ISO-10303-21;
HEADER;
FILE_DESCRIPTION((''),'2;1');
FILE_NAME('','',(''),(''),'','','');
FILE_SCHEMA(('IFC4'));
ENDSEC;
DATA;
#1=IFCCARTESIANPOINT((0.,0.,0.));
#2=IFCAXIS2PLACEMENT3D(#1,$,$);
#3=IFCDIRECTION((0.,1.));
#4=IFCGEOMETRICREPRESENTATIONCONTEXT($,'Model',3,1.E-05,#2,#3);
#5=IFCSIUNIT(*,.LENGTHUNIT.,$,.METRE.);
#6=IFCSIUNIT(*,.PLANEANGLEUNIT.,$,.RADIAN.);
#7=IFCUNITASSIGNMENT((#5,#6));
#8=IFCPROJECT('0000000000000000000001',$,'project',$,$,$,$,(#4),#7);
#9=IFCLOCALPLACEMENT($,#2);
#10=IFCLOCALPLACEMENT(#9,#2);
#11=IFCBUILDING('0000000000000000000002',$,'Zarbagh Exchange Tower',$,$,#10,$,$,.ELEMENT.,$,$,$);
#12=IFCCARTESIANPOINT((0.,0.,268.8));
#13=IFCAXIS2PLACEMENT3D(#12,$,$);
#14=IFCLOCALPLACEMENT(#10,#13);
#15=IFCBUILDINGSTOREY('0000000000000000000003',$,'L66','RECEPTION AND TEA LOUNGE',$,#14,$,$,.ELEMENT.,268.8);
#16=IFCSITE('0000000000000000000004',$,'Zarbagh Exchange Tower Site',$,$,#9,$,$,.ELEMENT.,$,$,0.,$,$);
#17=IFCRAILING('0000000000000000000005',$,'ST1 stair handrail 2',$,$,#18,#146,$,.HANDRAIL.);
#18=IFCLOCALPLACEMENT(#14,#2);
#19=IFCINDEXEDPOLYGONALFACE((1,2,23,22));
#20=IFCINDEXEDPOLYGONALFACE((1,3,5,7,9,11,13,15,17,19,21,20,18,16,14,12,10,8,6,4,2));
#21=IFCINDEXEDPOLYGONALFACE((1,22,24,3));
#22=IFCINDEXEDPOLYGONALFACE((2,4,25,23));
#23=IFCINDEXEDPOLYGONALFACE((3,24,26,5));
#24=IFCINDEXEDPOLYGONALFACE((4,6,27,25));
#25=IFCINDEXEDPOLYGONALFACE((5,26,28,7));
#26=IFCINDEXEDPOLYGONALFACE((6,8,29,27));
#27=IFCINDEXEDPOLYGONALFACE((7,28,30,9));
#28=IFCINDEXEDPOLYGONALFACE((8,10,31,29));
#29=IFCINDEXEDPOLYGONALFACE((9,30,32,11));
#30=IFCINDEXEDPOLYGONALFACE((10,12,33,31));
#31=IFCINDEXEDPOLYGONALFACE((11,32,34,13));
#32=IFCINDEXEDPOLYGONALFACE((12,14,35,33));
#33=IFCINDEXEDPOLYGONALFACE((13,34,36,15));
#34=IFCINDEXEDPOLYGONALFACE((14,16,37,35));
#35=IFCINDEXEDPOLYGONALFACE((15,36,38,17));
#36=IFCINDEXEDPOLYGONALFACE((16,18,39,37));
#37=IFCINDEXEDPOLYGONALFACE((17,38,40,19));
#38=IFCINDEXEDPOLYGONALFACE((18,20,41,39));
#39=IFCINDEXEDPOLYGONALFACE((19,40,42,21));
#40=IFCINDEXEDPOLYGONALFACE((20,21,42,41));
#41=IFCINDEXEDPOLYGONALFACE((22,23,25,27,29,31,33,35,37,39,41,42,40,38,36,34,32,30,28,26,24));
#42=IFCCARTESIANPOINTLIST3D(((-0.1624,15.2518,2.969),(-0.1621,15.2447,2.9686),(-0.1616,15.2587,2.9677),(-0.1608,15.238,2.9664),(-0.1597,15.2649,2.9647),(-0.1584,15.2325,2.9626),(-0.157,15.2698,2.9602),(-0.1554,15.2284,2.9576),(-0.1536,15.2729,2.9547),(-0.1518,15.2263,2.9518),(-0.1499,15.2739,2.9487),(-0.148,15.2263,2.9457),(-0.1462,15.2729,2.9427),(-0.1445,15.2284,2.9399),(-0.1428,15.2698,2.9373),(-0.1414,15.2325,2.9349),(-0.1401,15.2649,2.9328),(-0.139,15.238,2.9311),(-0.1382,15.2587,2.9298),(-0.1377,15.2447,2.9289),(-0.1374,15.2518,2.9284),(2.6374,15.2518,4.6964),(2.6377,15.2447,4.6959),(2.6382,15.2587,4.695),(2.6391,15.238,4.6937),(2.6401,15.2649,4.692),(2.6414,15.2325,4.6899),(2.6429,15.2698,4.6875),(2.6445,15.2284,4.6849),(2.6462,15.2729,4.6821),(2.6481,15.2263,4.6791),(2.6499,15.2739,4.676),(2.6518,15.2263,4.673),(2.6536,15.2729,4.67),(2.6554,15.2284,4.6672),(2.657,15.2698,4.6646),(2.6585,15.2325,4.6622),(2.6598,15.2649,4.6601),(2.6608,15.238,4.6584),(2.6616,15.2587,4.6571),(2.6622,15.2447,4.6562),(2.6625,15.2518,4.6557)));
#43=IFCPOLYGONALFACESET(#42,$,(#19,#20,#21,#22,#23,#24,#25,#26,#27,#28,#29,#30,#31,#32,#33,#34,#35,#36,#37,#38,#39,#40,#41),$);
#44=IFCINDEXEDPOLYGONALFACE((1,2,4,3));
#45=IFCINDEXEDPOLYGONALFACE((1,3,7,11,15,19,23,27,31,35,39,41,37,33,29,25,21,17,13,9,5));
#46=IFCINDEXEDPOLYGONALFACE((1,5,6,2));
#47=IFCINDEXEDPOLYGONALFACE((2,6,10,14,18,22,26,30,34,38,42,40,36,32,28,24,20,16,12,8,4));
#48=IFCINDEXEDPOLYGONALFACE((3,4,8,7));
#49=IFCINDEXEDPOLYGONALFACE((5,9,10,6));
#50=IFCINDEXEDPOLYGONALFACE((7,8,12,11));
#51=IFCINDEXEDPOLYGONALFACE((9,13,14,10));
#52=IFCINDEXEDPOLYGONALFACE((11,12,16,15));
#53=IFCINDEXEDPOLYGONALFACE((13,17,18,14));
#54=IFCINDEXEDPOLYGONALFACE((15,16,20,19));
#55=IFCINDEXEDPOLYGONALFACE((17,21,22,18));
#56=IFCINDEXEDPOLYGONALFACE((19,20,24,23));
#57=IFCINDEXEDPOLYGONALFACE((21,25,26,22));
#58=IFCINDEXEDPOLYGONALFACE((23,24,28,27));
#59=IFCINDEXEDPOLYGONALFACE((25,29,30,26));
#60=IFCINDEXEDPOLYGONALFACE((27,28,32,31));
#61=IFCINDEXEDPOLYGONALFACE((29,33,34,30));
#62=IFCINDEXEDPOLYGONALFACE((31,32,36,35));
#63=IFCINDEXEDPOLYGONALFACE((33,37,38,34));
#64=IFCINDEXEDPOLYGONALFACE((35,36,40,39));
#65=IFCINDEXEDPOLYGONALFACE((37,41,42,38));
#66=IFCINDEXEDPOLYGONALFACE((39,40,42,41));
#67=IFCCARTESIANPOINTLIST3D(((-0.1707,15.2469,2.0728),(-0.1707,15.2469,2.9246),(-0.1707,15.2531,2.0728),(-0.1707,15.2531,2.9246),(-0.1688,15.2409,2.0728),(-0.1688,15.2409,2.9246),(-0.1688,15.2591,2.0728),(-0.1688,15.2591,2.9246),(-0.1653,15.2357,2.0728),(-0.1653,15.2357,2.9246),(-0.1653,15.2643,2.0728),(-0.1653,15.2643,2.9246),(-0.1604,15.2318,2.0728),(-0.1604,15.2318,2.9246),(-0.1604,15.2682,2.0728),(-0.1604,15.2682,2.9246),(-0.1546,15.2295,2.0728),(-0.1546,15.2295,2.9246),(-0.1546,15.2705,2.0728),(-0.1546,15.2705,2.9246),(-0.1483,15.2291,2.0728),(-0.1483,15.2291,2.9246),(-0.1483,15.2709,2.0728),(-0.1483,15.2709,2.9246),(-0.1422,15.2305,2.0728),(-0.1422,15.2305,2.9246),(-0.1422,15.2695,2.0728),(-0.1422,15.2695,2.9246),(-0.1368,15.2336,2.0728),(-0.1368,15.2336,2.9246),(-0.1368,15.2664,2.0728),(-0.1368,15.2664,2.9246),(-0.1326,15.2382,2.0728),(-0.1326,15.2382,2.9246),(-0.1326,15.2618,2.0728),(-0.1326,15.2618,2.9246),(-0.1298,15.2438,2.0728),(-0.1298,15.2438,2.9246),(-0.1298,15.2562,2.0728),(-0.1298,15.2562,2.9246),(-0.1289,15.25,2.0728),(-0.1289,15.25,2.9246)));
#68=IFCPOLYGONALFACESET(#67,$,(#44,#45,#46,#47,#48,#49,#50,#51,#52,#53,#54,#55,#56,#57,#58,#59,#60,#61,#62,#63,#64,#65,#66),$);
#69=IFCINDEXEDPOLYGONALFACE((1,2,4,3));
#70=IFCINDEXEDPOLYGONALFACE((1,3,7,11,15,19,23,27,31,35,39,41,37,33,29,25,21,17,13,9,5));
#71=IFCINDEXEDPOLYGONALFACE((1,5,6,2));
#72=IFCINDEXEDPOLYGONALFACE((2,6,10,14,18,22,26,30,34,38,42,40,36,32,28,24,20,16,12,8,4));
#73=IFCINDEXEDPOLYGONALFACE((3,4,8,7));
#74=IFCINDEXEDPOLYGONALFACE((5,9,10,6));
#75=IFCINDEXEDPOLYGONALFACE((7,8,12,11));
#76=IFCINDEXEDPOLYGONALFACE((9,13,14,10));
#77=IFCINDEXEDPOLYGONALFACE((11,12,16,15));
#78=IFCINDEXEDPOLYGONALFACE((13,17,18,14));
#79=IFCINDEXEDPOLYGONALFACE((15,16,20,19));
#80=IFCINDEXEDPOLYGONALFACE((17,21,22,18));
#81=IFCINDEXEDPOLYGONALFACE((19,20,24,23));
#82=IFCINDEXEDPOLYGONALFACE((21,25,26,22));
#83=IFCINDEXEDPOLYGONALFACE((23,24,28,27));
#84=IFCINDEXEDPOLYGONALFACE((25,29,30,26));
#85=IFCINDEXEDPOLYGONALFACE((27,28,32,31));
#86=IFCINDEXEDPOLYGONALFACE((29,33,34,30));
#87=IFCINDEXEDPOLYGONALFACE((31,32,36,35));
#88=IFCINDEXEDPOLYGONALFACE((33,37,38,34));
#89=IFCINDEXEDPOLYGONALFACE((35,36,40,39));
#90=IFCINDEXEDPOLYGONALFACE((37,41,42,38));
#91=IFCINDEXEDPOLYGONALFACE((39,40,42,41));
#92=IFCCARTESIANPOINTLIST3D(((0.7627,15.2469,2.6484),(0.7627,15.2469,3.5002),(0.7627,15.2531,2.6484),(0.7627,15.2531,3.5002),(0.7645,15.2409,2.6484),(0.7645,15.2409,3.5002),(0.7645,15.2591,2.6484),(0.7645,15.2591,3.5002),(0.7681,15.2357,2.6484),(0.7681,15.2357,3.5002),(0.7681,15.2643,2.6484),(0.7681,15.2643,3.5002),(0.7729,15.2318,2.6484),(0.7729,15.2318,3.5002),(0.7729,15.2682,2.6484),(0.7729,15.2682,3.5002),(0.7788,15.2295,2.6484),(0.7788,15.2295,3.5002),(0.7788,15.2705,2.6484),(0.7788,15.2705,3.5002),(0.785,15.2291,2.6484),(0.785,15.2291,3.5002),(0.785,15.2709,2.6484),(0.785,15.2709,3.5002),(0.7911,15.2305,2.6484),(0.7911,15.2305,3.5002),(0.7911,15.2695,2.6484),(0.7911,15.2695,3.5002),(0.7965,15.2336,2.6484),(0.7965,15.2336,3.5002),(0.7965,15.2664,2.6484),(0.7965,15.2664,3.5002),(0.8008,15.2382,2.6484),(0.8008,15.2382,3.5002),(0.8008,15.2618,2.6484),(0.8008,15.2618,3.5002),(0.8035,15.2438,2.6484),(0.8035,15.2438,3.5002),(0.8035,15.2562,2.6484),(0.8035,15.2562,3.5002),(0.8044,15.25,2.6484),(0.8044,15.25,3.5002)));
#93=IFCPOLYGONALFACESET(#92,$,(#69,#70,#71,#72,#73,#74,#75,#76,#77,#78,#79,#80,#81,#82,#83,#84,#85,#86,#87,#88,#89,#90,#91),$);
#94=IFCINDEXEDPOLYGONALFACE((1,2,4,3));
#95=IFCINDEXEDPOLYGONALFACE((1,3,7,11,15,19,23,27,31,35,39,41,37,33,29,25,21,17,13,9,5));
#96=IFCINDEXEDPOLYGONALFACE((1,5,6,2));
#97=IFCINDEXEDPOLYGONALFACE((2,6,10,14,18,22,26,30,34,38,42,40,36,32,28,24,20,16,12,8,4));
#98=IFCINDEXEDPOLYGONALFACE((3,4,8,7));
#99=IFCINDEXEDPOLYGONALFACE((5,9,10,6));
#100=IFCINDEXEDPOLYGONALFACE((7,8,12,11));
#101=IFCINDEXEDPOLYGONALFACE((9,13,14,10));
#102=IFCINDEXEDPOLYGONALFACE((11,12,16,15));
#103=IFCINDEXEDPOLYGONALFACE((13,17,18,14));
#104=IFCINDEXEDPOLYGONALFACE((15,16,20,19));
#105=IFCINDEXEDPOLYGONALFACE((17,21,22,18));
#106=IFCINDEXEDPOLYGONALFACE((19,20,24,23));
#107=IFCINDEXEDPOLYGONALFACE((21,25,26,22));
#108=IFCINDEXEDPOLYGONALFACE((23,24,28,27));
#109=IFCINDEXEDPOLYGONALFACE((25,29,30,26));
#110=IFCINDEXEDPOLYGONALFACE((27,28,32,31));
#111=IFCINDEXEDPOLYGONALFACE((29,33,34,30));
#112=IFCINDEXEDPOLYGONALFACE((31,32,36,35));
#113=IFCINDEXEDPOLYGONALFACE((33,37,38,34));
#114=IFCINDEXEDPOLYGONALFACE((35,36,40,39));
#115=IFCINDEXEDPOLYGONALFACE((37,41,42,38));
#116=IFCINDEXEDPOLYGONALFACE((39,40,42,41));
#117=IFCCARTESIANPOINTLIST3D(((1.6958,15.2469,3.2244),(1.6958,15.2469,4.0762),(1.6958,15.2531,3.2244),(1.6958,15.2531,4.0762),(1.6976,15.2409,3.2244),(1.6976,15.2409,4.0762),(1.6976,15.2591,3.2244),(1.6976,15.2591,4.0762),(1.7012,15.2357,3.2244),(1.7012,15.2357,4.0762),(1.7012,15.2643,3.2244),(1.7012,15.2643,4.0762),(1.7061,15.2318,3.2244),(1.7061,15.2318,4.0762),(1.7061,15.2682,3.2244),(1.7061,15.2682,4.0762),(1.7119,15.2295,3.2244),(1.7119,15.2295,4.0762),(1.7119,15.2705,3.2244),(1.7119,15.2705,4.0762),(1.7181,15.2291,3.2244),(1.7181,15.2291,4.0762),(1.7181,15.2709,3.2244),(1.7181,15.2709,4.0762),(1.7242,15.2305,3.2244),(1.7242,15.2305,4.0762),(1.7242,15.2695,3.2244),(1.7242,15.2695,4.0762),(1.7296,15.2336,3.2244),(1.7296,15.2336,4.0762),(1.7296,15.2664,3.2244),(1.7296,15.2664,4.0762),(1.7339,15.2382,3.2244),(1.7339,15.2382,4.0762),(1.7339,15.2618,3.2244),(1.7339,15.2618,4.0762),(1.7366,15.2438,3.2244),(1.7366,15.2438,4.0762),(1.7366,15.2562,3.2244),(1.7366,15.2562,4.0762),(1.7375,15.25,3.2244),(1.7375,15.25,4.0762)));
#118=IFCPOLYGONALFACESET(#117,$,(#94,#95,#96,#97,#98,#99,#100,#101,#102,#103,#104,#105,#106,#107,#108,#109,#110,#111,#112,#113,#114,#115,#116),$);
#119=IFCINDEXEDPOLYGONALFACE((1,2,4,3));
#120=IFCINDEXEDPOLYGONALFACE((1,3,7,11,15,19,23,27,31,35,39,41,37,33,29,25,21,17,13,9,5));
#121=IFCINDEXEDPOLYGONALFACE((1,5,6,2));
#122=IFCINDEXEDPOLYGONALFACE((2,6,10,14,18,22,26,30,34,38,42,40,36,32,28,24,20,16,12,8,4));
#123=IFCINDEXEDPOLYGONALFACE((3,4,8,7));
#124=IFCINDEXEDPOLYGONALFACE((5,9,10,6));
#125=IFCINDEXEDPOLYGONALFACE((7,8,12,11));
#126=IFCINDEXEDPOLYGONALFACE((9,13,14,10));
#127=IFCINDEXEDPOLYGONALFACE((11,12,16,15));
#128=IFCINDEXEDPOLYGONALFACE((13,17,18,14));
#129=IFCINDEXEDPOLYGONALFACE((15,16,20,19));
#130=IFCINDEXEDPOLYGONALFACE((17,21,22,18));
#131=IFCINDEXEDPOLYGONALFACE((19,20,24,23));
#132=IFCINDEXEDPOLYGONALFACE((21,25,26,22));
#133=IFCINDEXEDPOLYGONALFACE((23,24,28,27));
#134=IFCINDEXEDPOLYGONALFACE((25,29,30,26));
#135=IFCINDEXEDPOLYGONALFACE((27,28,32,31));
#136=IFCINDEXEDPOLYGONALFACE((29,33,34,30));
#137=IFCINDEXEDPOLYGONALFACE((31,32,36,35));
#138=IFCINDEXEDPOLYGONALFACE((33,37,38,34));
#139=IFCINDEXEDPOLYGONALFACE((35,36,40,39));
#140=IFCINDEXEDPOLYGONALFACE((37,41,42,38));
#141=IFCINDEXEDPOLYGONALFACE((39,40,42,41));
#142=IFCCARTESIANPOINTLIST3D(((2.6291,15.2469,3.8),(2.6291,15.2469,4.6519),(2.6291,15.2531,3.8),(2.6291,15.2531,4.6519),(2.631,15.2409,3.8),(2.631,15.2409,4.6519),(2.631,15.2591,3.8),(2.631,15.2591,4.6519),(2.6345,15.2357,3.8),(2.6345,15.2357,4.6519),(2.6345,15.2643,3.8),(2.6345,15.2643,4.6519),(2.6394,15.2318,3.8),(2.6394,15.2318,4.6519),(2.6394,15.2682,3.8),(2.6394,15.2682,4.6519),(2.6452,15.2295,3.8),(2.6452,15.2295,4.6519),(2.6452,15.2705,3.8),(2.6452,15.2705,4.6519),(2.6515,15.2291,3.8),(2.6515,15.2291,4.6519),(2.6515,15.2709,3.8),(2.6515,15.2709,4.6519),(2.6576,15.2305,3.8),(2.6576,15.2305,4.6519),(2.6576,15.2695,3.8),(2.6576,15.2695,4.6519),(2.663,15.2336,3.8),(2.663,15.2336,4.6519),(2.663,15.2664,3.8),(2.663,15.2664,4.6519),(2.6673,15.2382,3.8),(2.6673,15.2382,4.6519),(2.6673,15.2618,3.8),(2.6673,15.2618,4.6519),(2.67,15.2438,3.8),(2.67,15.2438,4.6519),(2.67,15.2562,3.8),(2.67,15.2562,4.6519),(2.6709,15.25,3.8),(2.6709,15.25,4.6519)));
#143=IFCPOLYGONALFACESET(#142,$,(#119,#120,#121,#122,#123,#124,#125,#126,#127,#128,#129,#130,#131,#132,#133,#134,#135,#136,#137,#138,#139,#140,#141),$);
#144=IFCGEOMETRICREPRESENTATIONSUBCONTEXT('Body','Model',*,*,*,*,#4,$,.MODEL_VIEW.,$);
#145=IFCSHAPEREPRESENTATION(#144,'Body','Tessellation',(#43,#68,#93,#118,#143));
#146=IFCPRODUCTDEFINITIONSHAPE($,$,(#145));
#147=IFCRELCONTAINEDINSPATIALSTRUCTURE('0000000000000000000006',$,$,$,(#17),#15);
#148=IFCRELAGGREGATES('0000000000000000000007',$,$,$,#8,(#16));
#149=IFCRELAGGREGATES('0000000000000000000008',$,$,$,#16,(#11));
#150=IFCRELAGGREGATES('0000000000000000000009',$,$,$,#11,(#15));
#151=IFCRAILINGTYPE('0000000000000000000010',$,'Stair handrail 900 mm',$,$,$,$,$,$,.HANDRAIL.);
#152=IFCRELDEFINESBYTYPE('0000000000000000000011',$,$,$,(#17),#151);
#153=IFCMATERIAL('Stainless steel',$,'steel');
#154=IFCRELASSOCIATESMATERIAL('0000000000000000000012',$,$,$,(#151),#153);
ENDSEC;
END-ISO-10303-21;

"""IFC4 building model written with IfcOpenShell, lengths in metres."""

from ifc_helpers import new_model, si_unit, direction, frame, origin, origin_2d, place, context, subcontext, project, spatial, circle, extrude, material, type_object, element, save


model = new_model("IFC4")

# Units and contexts
model_context = context("Model", 3, precision=1e-05, world=origin(), true_north=direction((0.0, 1.0)))
body_context = subcontext(model_context, "Body", "Model", "MODEL_VIEW")
ifc_project = project(units=[si_unit("LENGTHUNIT", "METRE"), si_unit("PLANEANGLEUNIT", "RADIAN")], contexts=[model_context])

# Site, building, storey
site_placement = place(None, origin())
site = spatial("IfcSite", under=ifc_project, at=site_placement, Name="Zarbagh Exchange Tower Site", CompositionType="ELEMENT", RefElevation=0.0)
building_placement = place(site_placement, origin())
building = spatial("IfcBuilding", under=site, at=building_placement, Name="Zarbagh Exchange Tower", CompositionType="ELEMENT")
storey_placement = place(building_placement, frame((0.0, 0.0, 268.8)))
storey = spatial("IfcBuildingStorey", under=building, at=storey_placement, Name="L66", Description="RECEPTION AND TEA LOUNGE", CompositionType="ELEMENT", Elevation=268.8)

# Railing
ifc_material_1 = material(Name="Stainless steel", Category="steel")
railing_type = type_object("IfcRailingType", Name="Stair handrail 900 mm", PredefinedType="HANDRAIL", material=ifc_material_1)
railing_placement = place(storey_placement, frame((-0.1499, 15.25, 2.0728)))
element("IfcRailing", 1, at=railing_placement, inside=storey, type_object=railing_type, Name="ST1 stair handrail 2", PredefinedType="HANDRAIL", context=body_context, shape_type="SweptSolid", body=[
    extrude(circle(Radius=0.0239, at=origin_2d()), frame((0.0, 0.0, 0.876), z_axis=(0.851069, 0.0, 0.525054), x_axis=(0.0, 1.0, 0.0)), (0.0, 0.0, 1.0), 3.2898),
    extrude(circle(Radius=0.021, at=origin_2d()), origin(), (0.0, 0.0, 1.0), 0.8518),
    extrude(circle(Radius=0.021, at=origin_2d()), frame((0.9333, 0.0, 0.5757)), (0.0, 0.0, 1.0), 0.8518),
    extrude(circle(Radius=0.021, at=origin_2d()), frame((1.8665, 0.0, 1.1516)), (0.0, 0.0, 1.0), 0.8518),
    extrude(circle(Radius=0.021, at=origin_2d()), frame((2.7998, 0.0, 1.7273)), (0.0, 0.0, 1.0), 0.8518),
])

save(model, "model.ifc")
